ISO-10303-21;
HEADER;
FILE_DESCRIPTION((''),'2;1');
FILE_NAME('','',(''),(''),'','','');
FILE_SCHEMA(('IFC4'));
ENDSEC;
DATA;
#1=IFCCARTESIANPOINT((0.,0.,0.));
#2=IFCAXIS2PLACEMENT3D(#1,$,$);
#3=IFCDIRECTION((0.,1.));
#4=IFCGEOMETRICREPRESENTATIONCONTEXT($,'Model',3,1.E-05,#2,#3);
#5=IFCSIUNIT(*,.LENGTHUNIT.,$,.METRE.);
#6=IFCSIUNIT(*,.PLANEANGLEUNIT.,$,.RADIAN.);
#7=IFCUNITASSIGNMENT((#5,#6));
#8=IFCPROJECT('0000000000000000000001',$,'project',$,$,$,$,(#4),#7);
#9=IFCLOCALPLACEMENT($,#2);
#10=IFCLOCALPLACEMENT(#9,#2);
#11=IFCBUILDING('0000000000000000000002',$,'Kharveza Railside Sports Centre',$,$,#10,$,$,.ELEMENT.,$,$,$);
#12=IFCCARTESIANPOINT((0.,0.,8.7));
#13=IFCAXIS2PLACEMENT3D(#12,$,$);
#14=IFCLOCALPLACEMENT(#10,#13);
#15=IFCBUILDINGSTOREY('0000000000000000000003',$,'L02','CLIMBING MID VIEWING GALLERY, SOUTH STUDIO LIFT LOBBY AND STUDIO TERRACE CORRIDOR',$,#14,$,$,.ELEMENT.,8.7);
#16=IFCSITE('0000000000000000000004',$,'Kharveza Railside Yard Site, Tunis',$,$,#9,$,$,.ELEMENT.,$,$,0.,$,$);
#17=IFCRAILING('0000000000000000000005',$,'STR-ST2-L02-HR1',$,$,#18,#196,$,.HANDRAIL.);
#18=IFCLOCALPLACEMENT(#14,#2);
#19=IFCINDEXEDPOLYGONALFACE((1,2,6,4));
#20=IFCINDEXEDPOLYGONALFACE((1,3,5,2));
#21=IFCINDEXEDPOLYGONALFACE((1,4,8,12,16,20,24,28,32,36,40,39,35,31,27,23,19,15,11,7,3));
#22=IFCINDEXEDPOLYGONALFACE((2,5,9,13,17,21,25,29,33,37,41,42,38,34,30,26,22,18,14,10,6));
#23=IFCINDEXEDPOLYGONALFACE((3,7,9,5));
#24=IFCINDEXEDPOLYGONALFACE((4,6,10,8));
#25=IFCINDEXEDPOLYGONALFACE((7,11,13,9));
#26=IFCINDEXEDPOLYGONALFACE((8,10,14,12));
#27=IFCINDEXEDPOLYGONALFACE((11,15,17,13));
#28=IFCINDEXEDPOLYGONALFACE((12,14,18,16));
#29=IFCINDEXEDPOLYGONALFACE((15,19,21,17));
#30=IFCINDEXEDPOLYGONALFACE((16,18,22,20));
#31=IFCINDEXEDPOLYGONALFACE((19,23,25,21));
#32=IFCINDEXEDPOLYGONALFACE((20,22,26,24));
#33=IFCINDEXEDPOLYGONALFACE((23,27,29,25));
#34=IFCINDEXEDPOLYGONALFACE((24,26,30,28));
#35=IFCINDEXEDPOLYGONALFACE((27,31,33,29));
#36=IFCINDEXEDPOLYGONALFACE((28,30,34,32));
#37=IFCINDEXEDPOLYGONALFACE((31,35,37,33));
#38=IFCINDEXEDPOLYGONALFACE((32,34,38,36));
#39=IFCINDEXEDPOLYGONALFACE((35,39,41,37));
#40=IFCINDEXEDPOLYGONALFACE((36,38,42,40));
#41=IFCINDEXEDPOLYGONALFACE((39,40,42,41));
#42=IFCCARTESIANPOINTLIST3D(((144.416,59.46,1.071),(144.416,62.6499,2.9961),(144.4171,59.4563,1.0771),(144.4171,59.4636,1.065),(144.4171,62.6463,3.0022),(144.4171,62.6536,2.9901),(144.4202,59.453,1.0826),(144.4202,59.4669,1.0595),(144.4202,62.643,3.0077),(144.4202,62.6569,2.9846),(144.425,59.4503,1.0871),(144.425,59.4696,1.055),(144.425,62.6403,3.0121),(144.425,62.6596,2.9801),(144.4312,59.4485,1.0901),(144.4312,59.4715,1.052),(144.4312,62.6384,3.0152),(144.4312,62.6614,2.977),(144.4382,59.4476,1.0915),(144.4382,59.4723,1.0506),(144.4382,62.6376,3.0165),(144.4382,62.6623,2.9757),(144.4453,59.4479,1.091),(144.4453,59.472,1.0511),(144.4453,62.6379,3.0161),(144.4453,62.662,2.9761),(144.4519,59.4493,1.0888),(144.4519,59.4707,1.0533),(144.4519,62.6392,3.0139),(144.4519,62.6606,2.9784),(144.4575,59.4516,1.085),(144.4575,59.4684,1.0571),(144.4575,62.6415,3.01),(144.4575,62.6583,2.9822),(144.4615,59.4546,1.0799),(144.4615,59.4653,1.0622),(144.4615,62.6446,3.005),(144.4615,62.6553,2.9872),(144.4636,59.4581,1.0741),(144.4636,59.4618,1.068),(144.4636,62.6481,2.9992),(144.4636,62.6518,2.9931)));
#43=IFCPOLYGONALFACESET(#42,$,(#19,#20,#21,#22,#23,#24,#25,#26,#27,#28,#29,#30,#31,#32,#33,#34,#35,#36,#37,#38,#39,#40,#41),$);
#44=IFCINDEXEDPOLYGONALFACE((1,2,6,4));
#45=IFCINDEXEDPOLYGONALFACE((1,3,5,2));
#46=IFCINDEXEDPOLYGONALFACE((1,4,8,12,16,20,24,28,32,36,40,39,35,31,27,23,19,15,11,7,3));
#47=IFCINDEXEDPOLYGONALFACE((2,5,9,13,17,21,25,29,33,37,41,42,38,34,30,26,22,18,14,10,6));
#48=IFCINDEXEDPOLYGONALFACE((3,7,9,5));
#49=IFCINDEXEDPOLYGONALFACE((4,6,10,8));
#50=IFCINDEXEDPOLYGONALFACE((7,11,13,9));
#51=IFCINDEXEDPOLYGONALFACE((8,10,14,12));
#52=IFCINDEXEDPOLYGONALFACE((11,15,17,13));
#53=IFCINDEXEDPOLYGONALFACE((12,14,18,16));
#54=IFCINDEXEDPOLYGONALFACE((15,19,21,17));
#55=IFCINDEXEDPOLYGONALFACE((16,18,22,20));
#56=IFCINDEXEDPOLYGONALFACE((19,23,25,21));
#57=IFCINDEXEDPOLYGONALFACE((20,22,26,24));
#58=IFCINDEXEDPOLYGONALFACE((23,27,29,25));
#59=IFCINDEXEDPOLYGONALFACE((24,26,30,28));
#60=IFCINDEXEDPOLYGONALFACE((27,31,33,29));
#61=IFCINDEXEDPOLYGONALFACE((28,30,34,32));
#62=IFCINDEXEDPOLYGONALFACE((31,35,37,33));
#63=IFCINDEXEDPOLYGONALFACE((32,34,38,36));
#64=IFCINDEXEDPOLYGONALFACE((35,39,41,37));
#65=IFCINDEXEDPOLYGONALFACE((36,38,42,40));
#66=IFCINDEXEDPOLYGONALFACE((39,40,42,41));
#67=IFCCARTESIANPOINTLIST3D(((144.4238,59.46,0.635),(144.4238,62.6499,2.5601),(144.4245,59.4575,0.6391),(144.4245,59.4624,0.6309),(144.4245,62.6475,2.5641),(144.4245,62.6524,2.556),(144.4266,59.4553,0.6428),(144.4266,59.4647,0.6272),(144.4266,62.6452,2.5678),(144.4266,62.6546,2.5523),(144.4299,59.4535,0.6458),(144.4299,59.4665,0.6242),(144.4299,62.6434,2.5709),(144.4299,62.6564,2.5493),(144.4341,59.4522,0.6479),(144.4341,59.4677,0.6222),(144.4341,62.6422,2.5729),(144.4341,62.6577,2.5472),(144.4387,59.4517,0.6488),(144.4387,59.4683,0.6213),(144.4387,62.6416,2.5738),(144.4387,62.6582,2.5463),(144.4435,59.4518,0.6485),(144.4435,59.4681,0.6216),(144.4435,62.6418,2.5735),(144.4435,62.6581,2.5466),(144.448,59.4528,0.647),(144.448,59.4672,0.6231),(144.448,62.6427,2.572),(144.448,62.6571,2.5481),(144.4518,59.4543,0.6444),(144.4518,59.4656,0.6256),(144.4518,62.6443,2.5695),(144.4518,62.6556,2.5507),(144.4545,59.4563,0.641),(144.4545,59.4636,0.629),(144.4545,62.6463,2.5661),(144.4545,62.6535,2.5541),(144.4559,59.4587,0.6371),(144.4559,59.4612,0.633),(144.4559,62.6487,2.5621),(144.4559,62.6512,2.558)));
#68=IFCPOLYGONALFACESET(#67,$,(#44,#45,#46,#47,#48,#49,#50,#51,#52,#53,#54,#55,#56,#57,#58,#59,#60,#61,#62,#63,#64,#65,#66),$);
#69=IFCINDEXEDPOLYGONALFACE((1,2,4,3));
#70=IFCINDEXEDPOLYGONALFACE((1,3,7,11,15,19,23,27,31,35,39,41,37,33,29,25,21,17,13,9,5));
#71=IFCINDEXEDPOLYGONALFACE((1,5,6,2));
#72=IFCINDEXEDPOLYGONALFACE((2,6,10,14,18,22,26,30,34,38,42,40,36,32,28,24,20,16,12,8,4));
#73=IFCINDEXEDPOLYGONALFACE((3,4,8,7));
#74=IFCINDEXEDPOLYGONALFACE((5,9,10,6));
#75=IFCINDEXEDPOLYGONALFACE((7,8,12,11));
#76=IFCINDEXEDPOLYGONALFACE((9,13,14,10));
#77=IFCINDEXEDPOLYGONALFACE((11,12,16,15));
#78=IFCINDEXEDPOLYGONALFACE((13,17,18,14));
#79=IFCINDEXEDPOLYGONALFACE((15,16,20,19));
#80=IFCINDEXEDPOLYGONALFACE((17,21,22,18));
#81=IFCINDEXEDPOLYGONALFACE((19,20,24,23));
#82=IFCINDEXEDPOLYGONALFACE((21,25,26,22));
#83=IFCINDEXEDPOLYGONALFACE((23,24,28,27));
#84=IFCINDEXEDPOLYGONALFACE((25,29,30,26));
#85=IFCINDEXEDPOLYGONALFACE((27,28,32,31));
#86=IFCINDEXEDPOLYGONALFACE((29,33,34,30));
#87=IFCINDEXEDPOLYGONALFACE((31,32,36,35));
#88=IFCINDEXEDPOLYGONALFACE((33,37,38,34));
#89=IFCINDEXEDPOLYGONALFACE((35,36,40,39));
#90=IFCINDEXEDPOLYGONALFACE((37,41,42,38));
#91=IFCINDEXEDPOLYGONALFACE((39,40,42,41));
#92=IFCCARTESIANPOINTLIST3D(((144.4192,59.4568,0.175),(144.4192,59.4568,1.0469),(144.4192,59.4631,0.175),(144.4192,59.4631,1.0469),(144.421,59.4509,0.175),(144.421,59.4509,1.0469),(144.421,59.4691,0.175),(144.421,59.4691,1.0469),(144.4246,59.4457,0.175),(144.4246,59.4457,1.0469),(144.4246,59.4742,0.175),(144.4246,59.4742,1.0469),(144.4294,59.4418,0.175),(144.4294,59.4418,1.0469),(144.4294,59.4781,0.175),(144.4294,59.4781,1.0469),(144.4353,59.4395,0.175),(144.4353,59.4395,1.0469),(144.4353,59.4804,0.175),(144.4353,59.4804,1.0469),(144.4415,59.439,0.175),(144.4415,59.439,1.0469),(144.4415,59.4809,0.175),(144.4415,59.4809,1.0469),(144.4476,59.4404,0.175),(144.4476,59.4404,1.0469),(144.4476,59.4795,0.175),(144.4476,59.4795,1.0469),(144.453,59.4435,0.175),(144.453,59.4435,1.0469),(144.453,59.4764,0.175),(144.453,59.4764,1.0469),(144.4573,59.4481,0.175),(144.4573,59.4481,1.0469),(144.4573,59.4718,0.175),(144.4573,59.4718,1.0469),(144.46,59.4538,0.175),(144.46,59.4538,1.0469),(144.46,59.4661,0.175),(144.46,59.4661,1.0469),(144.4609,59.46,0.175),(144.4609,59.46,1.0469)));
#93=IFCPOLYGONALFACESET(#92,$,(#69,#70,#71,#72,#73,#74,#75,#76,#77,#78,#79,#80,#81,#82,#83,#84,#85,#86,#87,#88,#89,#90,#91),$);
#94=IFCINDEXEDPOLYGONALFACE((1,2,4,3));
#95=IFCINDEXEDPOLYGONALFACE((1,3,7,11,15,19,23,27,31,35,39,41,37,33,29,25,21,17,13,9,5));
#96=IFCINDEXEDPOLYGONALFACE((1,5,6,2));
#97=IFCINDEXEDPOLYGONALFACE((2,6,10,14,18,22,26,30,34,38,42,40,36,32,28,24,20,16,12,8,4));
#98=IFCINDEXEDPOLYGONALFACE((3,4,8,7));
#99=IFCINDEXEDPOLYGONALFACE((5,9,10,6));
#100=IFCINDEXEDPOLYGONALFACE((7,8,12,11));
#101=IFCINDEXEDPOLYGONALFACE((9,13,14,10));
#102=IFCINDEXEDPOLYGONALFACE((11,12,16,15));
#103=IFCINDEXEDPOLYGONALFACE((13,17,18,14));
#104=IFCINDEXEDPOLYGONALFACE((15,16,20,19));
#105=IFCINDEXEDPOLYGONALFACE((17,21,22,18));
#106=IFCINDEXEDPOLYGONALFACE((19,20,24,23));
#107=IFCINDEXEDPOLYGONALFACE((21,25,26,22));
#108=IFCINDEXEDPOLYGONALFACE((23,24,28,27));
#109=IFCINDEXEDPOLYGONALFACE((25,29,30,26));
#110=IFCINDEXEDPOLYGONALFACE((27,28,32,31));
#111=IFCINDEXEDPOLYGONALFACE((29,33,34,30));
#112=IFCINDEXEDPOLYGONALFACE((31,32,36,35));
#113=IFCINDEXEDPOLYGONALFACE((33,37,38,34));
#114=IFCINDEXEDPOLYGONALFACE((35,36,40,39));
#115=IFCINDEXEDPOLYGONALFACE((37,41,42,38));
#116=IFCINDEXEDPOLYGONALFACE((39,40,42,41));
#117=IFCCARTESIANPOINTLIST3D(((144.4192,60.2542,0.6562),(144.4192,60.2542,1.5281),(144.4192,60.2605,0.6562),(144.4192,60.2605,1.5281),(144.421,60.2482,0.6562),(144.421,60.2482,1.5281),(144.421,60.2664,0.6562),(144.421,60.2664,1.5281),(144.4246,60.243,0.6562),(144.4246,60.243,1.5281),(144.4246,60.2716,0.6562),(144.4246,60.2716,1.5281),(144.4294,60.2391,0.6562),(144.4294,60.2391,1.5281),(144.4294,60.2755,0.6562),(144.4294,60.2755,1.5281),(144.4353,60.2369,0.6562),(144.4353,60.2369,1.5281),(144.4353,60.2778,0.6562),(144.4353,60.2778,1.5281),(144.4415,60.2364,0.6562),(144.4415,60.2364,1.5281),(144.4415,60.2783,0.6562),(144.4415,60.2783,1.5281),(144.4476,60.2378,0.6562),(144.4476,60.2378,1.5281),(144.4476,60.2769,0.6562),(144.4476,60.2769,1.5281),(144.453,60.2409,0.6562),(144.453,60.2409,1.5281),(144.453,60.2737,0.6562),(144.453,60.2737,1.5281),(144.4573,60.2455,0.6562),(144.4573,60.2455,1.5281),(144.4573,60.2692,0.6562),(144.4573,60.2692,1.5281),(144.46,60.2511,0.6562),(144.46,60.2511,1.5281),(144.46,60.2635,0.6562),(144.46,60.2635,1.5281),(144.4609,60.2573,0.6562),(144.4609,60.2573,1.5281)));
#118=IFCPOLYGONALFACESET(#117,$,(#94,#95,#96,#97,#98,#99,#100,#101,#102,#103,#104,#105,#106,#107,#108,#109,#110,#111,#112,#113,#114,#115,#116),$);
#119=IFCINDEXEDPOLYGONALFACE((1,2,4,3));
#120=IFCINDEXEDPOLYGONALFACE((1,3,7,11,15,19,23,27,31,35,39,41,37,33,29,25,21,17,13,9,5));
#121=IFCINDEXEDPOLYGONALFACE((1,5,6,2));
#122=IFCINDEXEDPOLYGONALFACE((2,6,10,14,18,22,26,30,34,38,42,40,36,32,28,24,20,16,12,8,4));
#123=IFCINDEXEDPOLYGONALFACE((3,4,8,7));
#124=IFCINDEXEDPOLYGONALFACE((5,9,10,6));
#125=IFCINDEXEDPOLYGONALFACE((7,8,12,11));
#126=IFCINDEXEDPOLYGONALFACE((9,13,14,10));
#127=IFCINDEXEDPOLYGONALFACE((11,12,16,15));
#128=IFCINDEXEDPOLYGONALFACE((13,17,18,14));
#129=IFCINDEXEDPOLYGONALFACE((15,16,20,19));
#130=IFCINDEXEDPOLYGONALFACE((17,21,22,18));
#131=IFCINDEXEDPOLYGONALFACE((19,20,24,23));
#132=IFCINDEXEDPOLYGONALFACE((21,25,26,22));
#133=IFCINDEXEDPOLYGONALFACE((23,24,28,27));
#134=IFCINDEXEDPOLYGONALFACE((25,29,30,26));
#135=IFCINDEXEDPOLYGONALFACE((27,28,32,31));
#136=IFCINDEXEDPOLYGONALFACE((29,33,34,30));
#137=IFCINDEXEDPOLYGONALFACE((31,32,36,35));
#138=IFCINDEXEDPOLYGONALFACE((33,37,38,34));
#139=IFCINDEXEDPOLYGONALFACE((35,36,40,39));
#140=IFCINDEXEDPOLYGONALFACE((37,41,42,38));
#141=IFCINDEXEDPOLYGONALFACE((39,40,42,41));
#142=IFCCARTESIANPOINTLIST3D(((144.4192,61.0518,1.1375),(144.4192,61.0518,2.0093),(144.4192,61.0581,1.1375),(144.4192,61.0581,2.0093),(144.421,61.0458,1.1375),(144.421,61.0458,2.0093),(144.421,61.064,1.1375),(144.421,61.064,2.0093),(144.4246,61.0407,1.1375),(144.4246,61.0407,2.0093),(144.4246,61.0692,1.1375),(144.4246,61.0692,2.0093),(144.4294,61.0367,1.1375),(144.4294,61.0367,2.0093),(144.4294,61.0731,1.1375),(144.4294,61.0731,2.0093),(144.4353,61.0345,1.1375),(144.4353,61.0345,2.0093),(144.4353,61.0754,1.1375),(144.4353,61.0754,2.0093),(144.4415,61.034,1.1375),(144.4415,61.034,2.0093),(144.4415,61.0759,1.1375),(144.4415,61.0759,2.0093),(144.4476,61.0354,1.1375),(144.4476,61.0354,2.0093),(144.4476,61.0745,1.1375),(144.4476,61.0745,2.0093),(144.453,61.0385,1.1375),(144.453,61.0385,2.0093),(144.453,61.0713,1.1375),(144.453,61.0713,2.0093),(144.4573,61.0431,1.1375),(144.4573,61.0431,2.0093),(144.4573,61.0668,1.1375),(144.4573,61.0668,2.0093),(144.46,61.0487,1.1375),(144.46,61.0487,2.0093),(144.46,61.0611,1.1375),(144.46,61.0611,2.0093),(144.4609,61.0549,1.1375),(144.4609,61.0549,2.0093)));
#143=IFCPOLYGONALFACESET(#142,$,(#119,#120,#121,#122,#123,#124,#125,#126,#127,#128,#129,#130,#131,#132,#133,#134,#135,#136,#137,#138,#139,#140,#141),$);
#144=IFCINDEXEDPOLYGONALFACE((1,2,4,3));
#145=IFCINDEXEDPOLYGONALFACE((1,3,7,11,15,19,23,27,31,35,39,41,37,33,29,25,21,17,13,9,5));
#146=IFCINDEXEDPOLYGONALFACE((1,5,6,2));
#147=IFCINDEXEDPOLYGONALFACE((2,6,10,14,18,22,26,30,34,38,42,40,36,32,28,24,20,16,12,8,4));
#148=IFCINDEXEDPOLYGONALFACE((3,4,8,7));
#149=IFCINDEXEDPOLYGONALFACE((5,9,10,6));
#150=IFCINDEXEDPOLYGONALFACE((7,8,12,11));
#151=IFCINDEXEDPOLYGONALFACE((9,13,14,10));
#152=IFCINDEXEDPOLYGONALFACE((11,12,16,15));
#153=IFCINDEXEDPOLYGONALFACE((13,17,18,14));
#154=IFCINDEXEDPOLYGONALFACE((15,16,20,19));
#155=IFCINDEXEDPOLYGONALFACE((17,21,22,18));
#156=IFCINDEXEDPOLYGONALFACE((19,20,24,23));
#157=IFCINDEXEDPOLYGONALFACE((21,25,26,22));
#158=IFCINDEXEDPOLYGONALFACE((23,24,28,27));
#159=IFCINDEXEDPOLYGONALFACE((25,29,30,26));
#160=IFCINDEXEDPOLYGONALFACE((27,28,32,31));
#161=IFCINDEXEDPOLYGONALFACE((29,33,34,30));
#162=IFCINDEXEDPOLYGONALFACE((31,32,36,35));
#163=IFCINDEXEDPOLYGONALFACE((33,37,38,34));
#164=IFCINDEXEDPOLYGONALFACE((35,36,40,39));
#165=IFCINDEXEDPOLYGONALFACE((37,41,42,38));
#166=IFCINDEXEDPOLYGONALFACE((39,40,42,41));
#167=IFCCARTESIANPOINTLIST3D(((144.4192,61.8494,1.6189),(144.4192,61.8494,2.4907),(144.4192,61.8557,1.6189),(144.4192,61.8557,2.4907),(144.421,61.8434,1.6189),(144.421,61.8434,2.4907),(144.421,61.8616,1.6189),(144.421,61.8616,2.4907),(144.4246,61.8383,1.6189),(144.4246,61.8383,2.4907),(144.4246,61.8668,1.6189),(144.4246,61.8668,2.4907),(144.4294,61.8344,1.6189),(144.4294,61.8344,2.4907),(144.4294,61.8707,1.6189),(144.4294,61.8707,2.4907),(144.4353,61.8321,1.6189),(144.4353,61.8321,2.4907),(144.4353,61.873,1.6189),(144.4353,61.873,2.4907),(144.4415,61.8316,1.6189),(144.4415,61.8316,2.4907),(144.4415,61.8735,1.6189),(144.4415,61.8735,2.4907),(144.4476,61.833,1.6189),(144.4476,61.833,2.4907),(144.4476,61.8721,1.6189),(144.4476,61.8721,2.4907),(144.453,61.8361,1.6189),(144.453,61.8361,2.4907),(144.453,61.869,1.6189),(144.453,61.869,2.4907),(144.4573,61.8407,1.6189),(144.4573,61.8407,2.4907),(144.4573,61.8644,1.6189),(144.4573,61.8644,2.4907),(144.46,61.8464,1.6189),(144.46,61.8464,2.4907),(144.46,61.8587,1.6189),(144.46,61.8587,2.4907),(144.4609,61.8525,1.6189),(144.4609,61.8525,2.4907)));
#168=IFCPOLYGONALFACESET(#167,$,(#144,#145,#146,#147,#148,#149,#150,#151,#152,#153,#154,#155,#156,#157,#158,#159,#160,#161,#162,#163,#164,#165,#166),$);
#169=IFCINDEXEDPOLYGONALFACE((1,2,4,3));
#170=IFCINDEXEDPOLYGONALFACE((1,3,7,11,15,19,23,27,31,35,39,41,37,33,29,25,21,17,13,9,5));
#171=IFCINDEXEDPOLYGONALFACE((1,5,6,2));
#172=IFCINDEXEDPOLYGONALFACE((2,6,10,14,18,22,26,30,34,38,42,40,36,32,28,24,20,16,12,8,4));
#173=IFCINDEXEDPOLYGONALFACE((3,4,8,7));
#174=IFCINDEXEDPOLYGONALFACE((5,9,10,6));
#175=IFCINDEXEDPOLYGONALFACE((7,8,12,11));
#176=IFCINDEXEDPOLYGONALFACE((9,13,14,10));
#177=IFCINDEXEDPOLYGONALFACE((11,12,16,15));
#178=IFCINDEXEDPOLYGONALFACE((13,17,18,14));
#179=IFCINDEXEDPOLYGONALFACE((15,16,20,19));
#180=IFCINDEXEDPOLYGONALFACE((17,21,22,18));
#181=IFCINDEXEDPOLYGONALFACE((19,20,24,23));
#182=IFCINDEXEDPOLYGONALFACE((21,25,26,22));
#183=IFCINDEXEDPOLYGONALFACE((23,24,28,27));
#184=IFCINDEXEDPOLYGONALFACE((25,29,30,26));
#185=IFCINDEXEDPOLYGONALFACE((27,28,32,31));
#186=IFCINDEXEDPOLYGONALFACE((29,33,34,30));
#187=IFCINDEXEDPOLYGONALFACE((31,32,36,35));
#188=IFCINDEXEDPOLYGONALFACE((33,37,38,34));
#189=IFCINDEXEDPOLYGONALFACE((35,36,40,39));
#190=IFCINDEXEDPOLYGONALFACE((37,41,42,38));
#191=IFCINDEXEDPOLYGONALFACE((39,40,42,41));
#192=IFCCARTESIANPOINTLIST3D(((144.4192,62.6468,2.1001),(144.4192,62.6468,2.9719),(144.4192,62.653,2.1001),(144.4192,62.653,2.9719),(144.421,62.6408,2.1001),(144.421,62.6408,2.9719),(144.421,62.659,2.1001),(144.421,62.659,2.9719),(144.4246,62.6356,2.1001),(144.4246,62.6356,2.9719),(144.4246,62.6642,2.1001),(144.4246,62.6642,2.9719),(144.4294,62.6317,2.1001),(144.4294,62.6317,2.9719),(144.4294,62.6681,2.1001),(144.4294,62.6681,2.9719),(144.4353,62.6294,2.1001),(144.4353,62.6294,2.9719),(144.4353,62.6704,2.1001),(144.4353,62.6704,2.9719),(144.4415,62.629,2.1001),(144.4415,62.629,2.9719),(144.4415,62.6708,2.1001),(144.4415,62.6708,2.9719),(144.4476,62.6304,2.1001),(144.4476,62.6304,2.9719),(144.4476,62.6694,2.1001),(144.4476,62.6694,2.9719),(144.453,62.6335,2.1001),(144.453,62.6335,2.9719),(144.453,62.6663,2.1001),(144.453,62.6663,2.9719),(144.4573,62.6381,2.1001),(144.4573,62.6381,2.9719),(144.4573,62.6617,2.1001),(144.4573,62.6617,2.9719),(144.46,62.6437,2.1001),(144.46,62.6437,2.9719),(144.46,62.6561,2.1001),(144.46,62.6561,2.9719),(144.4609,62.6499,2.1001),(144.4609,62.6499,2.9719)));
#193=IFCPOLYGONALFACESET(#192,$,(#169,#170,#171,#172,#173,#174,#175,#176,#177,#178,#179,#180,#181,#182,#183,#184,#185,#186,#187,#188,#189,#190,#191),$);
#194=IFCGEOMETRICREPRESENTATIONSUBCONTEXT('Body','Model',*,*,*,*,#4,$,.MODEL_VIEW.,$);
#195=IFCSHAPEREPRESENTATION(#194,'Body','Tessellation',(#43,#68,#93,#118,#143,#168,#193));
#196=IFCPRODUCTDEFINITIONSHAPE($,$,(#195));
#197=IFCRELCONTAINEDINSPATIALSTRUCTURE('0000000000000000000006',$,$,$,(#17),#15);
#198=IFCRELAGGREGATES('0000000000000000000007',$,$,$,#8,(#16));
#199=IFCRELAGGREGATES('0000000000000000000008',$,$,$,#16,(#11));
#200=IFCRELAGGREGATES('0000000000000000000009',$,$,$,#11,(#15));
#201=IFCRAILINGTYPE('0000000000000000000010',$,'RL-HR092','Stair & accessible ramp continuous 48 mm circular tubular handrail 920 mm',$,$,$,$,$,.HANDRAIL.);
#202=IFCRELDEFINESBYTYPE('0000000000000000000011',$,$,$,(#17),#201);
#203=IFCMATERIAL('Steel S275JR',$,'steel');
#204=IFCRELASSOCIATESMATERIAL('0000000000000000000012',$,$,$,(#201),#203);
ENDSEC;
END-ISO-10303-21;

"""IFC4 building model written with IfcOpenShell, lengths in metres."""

from ifc_helpers import new_model, si_unit, direction, frame, origin, origin_2d, place, context, subcontext, project, spatial, circle, extrude, material, type_object, element, save


model = new_model("IFC4")

# Units and contexts
model_context = context("Model", 3, precision=1e-05, world=origin(), true_north=direction((0.0, 1.0)))
body_context = subcontext(model_context, "Body", "Model", "MODEL_VIEW")
ifc_project = project(units=[si_unit("LENGTHUNIT", "METRE"), si_unit("PLANEANGLEUNIT", "RADIAN")], contexts=[model_context])

# Site, building, storey
site_placement = place(None, origin())
site = spatial("IfcSite", under=ifc_project, at=site_placement, Name="Kharveza Railside Yard Site, Tunis", CompositionType="ELEMENT", RefElevation=0.0)
building_placement = place(site_placement, origin())
building = spatial("IfcBuilding", under=site, at=building_placement, Name="Kharveza Railside Sports Centre", CompositionType="ELEMENT")
storey_placement = place(building_placement, frame((0.0, 0.0, 8.7)))
storey = spatial("IfcBuildingStorey", under=building, at=storey_placement, Name="L02", Description="CLIMBING MID VIEWING GALLERY, SOUTH STUDIO LIFT LOBBY AND STUDIO TERRACE CORRIDOR", CompositionType="ELEMENT", Elevation=8.7)

# Railing
ifc_material_1 = material(Name="Steel S275JR", Category="steel")
railing_type_1 = type_object("IfcRailingType", Name="RL-HR092", Description="Stair & accessible ramp continuous 48 mm circular tubular handrail 920 mm", PredefinedType="HANDRAIL", material=ifc_material_1)
railing_1_placement = place(storey_placement, frame((144.4399, 59.46, 0.175)))
element("IfcRailing", 1, at=railing_1_placement, inside=storey, type_object=railing_type_1, Name="STR-ST2-L02-HR1", PredefinedType="HANDRAIL", context=body_context, shape_type="SweptSolid", body=[
    extrude(circle(Radius=0.0239, at=origin_2d()), frame((0.0, 0.0, 0.896), z_axis=(0.0, 0.856178, 0.516682), x_axis=(-1.0, 0.0, 0.0)), (0.0, 0.0, 1.0), 3.7258),
    extrude(circle(Radius=0.0161, at=origin_2d()), frame((0.0, 0.0, 0.46), z_axis=(0.0, 0.856178, 0.516682), x_axis=(-1.0, 0.0, 0.0)), (0.0, 0.0, 1.0), 3.7258),
    extrude(circle(Radius=0.021, at=origin_2d()), origin(), (0.0, 0.0, 1.0), 0.8718),
    extrude(circle(Radius=0.021, at=origin_2d()), frame((0.0, 0.7974, 0.4812)), (0.0, 0.0, 1.0), 0.8718),
    extrude(circle(Radius=0.021, at=origin_2d()), frame((0.0, 1.595, 0.9624)), (0.0, 0.0, 1.0), 0.8718),
    extrude(circle(Radius=0.021, at=origin_2d()), frame((0.0, 2.3926, 1.4438)), (0.0, 0.0, 1.0), 0.8718),
    extrude(circle(Radius=0.021, at=origin_2d()), frame((0.0, 3.1899, 1.925)), (0.0, 0.0, 1.0), 0.8718),
])

save(model, "model.ifc")
